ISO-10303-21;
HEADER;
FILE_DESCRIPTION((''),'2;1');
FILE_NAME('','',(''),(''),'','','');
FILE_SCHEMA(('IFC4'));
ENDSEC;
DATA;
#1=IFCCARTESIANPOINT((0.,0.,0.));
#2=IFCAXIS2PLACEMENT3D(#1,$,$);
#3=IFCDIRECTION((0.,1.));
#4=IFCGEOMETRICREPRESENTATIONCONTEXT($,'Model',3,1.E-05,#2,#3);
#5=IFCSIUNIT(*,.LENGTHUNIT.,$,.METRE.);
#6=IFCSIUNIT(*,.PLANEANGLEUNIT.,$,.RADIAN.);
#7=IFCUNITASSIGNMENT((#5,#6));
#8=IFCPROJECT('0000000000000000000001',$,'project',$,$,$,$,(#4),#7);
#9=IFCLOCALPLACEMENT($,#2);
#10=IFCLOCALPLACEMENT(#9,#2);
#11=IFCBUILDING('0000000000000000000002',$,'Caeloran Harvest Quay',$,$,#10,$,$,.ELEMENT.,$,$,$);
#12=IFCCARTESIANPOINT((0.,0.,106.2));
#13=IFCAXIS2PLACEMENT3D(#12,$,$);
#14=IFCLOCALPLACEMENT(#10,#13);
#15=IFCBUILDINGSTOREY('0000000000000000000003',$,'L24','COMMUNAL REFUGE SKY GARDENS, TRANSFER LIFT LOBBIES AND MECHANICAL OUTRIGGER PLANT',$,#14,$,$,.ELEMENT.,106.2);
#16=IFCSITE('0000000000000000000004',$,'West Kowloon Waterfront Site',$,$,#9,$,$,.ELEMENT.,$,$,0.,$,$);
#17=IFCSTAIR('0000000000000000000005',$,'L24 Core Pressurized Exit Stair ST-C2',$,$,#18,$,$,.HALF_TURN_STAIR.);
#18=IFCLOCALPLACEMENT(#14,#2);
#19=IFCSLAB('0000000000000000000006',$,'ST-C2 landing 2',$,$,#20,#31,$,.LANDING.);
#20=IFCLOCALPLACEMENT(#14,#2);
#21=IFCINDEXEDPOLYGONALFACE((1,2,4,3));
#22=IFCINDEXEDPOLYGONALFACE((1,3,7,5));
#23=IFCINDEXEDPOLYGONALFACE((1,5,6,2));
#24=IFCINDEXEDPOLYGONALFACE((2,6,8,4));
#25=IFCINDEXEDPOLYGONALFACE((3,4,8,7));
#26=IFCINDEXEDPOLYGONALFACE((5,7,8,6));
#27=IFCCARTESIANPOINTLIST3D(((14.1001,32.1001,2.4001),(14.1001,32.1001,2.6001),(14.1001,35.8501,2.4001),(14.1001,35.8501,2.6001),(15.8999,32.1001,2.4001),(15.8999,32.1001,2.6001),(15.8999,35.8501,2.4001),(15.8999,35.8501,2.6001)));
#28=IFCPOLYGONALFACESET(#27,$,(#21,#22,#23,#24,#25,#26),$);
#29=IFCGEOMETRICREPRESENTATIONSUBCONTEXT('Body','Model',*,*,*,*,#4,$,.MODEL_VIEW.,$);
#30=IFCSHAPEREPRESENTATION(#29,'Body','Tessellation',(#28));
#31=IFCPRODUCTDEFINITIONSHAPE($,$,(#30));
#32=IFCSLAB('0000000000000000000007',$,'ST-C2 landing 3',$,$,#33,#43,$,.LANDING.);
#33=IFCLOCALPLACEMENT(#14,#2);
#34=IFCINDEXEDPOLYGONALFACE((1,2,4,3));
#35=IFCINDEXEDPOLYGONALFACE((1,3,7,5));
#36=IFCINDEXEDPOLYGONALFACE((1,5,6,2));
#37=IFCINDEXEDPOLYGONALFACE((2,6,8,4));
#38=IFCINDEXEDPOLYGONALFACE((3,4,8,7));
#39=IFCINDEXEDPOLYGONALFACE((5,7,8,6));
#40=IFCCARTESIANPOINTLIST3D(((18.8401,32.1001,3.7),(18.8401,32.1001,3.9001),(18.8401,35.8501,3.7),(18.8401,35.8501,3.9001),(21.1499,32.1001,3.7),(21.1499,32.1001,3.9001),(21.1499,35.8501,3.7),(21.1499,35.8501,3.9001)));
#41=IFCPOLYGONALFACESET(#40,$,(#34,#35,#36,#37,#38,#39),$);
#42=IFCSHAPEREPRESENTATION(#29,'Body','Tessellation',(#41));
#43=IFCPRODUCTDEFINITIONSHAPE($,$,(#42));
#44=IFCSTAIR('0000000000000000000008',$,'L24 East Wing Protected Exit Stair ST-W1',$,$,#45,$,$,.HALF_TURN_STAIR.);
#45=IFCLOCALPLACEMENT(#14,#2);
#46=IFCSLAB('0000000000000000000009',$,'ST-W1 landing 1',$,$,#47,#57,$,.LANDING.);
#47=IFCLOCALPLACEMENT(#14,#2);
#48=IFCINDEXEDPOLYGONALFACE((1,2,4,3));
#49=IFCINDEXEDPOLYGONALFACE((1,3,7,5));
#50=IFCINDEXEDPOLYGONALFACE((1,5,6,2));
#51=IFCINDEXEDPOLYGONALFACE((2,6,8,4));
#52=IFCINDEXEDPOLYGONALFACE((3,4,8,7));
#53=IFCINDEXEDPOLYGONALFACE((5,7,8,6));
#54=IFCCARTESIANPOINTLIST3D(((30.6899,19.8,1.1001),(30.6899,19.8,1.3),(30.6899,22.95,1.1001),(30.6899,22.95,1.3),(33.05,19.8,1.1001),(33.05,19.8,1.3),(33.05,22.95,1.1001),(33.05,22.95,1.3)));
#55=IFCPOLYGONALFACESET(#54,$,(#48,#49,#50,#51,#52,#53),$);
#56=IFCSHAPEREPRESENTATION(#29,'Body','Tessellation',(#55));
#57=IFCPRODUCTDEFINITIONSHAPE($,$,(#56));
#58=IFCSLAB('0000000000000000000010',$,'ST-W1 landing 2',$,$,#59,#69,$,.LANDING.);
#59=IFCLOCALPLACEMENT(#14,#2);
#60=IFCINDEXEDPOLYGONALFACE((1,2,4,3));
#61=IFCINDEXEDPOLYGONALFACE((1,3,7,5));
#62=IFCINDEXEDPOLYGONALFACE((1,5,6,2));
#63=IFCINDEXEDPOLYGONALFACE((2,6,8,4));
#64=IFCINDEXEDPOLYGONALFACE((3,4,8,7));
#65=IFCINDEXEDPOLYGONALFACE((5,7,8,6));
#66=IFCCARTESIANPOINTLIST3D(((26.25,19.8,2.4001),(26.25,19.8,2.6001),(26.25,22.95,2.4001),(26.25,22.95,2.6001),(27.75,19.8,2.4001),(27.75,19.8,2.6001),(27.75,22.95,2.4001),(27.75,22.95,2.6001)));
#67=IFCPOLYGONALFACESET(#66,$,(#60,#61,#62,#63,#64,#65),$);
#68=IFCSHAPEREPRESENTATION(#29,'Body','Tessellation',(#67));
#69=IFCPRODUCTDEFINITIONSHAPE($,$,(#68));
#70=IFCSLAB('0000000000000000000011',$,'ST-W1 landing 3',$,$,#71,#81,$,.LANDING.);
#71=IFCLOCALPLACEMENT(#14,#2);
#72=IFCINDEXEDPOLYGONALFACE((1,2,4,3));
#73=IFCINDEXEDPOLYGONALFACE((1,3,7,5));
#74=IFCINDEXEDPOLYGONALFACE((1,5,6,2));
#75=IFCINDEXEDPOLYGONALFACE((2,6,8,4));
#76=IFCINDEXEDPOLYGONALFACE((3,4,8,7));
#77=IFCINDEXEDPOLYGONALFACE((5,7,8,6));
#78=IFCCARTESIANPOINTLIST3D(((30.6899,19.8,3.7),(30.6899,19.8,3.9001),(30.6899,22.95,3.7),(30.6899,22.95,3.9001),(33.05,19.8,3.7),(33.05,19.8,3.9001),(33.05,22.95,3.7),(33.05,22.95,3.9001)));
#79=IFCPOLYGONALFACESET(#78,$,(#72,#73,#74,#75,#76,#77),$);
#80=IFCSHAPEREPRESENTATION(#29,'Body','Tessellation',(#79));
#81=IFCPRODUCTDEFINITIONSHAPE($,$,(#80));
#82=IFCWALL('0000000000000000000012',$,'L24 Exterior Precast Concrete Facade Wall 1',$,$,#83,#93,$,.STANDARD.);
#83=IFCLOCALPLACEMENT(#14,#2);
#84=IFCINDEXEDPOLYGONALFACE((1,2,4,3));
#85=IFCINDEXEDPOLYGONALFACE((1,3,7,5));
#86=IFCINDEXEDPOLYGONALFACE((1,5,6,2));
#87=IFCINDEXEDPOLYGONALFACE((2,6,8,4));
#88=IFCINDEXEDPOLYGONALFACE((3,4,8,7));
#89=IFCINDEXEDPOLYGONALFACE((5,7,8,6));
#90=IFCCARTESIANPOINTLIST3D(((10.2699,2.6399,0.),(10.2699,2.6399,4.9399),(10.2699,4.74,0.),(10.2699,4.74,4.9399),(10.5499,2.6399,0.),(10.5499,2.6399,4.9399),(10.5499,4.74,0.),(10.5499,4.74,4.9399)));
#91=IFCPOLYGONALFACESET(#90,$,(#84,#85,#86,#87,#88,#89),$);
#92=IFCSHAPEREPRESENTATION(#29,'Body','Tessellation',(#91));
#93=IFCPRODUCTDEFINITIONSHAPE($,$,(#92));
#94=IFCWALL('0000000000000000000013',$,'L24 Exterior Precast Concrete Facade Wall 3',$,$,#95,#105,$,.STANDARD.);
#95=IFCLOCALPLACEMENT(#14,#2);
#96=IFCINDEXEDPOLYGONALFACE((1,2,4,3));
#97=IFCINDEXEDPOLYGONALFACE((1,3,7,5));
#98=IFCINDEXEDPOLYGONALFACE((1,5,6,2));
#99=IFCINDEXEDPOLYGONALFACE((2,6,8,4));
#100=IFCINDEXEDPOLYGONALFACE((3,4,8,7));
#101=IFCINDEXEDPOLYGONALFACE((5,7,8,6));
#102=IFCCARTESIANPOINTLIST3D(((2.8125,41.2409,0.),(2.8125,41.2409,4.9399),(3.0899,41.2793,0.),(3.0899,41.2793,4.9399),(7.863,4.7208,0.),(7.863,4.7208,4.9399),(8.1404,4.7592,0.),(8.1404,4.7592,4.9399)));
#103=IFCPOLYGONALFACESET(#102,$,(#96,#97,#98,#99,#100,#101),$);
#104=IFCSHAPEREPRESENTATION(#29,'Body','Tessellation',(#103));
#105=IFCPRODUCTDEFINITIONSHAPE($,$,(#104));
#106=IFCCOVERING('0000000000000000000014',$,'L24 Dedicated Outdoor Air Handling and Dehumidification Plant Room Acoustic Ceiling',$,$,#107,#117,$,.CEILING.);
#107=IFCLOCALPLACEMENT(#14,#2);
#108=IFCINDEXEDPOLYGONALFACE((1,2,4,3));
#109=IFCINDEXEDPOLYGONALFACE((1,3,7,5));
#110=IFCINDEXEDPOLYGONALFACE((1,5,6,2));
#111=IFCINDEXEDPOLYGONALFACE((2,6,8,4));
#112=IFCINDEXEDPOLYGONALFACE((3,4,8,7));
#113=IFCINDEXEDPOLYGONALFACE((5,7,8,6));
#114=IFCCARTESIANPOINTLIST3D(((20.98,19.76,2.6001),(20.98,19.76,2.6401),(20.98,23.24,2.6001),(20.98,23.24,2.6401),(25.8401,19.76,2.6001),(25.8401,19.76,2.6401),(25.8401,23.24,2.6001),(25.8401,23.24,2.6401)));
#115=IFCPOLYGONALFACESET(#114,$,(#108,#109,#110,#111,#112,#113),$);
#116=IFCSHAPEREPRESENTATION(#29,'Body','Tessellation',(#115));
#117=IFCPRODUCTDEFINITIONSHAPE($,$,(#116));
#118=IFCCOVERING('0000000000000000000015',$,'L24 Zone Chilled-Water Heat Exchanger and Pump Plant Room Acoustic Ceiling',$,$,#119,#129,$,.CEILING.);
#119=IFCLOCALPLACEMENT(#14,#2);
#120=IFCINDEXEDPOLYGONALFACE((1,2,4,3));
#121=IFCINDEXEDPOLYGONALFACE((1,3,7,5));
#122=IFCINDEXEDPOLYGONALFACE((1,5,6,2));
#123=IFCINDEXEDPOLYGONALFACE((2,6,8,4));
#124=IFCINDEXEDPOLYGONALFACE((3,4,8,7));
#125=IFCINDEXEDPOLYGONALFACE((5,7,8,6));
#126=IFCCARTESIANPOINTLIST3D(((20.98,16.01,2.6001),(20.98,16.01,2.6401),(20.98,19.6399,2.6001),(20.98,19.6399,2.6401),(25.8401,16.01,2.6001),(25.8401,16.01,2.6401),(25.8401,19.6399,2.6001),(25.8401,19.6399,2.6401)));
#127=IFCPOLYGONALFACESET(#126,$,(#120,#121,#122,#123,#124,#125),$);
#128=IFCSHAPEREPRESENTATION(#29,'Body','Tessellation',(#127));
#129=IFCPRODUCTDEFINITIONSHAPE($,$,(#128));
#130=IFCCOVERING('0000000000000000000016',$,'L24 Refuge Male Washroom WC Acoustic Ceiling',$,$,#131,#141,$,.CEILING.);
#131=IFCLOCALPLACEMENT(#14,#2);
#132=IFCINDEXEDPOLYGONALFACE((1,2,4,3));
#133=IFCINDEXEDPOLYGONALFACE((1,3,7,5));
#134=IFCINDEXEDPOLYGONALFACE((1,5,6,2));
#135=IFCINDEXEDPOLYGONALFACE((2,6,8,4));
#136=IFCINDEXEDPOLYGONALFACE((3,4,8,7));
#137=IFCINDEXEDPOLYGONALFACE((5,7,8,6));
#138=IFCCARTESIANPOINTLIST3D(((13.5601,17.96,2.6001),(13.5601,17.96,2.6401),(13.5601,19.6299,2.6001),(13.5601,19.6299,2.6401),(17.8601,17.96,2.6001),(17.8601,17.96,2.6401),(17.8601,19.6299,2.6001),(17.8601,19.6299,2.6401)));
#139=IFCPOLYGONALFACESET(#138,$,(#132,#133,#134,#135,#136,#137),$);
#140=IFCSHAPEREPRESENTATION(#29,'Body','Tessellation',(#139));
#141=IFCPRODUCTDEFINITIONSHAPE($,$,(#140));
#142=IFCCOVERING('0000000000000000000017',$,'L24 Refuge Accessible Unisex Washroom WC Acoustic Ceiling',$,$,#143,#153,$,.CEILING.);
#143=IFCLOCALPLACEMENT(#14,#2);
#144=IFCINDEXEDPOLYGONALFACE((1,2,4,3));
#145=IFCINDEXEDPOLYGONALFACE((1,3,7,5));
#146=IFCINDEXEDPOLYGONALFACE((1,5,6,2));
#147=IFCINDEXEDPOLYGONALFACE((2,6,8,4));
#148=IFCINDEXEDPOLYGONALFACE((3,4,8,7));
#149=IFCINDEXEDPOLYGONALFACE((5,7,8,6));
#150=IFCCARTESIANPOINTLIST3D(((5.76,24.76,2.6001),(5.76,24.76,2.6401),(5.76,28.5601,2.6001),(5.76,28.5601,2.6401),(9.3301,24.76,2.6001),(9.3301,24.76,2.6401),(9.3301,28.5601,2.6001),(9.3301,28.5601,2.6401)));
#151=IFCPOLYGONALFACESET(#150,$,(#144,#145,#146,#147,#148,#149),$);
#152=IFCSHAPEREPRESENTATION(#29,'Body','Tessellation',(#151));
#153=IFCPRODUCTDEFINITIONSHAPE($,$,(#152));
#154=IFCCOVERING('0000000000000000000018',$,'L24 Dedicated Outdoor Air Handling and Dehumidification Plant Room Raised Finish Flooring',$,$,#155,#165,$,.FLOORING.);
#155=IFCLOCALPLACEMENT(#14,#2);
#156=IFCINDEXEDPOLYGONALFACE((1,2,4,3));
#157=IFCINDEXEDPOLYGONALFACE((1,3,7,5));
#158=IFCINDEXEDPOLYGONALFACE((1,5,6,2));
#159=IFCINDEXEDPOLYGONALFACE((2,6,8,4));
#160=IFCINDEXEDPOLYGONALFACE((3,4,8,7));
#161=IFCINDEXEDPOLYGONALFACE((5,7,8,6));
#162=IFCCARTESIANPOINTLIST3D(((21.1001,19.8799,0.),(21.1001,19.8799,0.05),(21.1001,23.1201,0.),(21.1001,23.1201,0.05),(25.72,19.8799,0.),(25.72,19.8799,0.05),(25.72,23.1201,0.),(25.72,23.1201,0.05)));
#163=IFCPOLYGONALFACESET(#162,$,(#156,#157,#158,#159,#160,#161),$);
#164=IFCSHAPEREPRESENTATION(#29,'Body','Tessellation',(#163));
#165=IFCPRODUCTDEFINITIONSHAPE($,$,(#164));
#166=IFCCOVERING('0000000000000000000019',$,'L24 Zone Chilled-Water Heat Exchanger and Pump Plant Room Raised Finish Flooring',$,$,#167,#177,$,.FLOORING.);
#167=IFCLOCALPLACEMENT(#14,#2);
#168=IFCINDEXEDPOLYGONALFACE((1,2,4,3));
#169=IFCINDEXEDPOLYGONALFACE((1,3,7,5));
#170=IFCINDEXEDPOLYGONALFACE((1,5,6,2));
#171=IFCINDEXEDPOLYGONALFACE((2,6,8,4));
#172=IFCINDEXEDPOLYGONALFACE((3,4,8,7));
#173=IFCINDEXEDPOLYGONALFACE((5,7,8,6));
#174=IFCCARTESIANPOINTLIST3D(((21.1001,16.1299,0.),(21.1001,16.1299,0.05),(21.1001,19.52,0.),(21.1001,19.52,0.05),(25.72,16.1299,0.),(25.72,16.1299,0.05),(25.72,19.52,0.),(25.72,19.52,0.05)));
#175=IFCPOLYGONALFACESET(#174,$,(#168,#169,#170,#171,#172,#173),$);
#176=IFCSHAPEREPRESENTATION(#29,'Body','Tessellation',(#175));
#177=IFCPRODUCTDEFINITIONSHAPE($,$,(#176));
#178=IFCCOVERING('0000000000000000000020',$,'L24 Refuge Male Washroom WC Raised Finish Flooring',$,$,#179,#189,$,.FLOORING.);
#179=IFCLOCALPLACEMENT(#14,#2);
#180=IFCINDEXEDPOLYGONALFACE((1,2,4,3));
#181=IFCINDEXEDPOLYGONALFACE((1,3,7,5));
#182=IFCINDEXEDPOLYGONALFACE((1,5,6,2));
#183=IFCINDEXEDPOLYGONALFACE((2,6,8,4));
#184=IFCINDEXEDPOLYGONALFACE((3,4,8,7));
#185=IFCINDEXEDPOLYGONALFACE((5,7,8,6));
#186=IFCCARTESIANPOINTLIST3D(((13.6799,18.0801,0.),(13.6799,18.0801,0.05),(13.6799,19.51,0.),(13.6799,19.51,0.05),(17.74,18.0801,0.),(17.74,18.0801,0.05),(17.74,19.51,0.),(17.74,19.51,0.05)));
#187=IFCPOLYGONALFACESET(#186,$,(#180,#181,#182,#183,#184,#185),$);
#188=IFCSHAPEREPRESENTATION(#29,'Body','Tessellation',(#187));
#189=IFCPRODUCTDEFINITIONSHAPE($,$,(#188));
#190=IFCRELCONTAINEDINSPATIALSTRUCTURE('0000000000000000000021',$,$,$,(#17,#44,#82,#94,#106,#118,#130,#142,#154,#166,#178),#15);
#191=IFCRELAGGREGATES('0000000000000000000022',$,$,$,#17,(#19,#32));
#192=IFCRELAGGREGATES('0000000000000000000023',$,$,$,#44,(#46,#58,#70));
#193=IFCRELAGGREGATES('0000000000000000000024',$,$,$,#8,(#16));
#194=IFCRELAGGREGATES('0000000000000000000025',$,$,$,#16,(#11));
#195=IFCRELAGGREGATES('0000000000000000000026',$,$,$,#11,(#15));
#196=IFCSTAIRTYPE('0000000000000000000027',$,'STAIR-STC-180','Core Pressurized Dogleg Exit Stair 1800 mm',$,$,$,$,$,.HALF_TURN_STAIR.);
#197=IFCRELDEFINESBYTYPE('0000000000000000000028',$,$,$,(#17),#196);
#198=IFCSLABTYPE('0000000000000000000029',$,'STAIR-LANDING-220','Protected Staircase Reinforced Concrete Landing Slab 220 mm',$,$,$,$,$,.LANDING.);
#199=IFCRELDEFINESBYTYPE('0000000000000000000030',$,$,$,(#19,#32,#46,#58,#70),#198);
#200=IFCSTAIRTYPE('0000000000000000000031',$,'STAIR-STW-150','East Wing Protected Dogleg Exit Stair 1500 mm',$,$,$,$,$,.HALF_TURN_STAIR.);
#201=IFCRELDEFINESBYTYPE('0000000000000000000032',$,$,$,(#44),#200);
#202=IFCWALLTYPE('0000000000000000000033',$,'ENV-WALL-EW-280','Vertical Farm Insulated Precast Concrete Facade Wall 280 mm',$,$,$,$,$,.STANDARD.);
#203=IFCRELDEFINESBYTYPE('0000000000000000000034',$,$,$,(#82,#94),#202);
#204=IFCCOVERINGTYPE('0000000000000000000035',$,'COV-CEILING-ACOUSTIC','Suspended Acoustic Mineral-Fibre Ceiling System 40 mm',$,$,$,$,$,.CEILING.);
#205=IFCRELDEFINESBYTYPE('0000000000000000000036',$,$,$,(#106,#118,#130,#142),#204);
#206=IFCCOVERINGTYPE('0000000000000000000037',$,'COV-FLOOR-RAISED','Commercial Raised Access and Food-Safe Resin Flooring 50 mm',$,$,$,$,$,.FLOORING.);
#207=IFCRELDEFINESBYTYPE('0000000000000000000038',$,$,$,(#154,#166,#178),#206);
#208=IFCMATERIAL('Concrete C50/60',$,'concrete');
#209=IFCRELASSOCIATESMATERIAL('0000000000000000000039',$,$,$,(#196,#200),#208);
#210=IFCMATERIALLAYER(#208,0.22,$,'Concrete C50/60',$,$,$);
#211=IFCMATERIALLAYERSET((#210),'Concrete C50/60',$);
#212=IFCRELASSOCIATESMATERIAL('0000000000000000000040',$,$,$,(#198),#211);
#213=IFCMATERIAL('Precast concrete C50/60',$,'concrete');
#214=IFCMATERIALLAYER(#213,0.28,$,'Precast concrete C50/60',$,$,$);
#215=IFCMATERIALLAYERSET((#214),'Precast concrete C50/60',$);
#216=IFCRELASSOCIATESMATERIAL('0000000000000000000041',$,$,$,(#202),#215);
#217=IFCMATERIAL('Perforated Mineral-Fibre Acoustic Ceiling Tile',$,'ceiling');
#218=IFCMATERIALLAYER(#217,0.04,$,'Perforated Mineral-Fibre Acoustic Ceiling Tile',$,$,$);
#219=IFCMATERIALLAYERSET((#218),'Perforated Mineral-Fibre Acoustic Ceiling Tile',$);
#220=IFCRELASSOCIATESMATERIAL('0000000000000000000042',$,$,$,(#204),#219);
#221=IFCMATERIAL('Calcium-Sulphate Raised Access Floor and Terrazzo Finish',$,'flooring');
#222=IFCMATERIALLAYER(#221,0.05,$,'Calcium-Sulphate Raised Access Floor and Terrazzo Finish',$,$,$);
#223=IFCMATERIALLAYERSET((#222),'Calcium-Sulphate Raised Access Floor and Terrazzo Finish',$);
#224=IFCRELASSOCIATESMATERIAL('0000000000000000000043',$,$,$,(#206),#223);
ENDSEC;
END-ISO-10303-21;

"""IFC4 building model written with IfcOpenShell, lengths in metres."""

from ifc_helpers import new_model, si_unit, direction, frame, frame_2d, origin, place, context, subcontext, project, spatial, polyline, rectangle, outline, extrude, material, layer, layer_set, type_object, element, aggregate, save


model = new_model("IFC4")

# Units and contexts
model_context = context("Model", 3, precision=1e-05, world=origin(), true_north=direction((0.0, 1.0)))
body_context = subcontext(model_context, "Body", "Model", "MODEL_VIEW")
ifc_project = project(units=[si_unit("LENGTHUNIT", "METRE"), si_unit("PLANEANGLEUNIT", "RADIAN")], contexts=[model_context])

# Site, building, storey
site_placement = place(None, origin())
site = spatial("IfcSite", under=ifc_project, at=site_placement, Name="West Kowloon Waterfront Site", CompositionType="ELEMENT", RefElevation=0.0)
building_placement = place(site_placement, origin())
building = spatial("IfcBuilding", under=site, at=building_placement, Name="Caeloran Harvest Quay", CompositionType="ELEMENT")
storey_placement = place(building_placement, frame((0.0, 0.0, 106.2)))
storey = spatial("IfcBuildingStorey", under=building, at=storey_placement, Name="L24", Description="COMMUNAL REFUGE SKY GARDENS, TRANSFER LIFT LOBBIES AND MECHANICAL OUTRIGGER PLANT", CompositionType="ELEMENT", Elevation=106.2)

# Shared definitions
ifc_material_1 = material(Name="Concrete C50/60", Category="concrete")

# Stairs, slabs
stair_type_1 = type_object("IfcStairType", Name="STAIR-STC-180", Description="Core Pressurized Dogleg Exit Stair 1800 mm", PredefinedType="HALF_TURN_STAIR", material=ifc_material_1)
ifc_layer_1 = layer(ifc_material_1, 0.22, Name="Concrete C50/60")
ifc_layer_set_1 = layer_set([ifc_layer_1], Name="Concrete C50/60")
slab_type_1 = type_object("IfcSlabType", Name="STAIR-LANDING-220", Description="Protected Staircase Reinforced Concrete Landing Slab 220 mm", PredefinedType="LANDING", material=ifc_layer_set_1)
stair_1_placement = place(storey_placement, origin())
stair_1 = element("IfcStair", 1, at=stair_1_placement, inside=storey, type_object=stair_type_1, Name="L24 Core Pressurized Exit Stair ST-C2", PredefinedType="HALF_TURN_STAIR")
slab_1_placement = place(storey_placement, frame((0.0, 0.0, 2.4001)))
slab_1 = element("IfcSlab", 2, at=slab_1_placement, type_object=slab_type_1, Name="ST-C2 landing 2", PredefinedType="LANDING", context=body_context, shape_type="SweptSolid", body=[
    extrude(outline(polyline([(14.1001, 32.1001), (15.8999, 32.1001), (15.8999, 35.8501), (14.1001, 35.8501), (14.1001, 32.1001)])), origin(), (0.0, 0.0, 1.0), 0.2),
])
slab_2_placement = place(storey_placement, frame((0.0, 0.0, 3.7)))
slab_2 = element("IfcSlab", 3, at=slab_2_placement, type_object=slab_type_1, Name="ST-C2 landing 3", PredefinedType="LANDING", context=body_context, shape_type="SweptSolid", body=[
    extrude(outline(polyline([(18.8401, 32.1001), (21.1499, 32.1001), (21.1499, 35.8501), (18.8401, 35.8501), (18.8401, 32.1001)])), origin(), (0.0, 0.0, 1.0), 0.2002),
])
aggregate(stair_1, [slab_1, slab_2])
stair_type_2 = type_object("IfcStairType", Name="STAIR-STW-150", Description="East Wing Protected Dogleg Exit Stair 1500 mm", PredefinedType="HALF_TURN_STAIR", material=ifc_material_1)
stair_2_placement = place(storey_placement, origin())
stair_2 = element("IfcStair", 4, at=stair_2_placement, inside=storey, type_object=stair_type_2, Name="L24 East Wing Protected Exit Stair ST-W1", PredefinedType="HALF_TURN_STAIR")
slab_3_placement = place(storey_placement, frame((0.0, 0.0, 1.1001)))
slab_3 = element("IfcSlab", 5, at=slab_3_placement, type_object=slab_type_1, Name="ST-W1 landing 1", PredefinedType="LANDING", context=body_context, shape_type="SweptSolid", body=[
    extrude(outline(polyline([(30.6899, 19.8), (33.05, 19.8), (33.05, 22.95), (30.6899, 22.95), (30.6899, 19.8)])), origin(), (0.0, 0.0, 1.0), 0.2),
])
slab_4_placement = place(storey_placement, frame((0.0, 0.0, 2.4001)))
slab_4 = element("IfcSlab", 6, at=slab_4_placement, type_object=slab_type_1, Name="ST-W1 landing 2", PredefinedType="LANDING", context=body_context, shape_type="SweptSolid", body=[
    extrude(outline(polyline([(26.25, 19.8), (27.75, 19.8), (27.75, 22.95), (26.25, 22.95), (26.25, 19.8)])), origin(), (0.0, 0.0, 1.0), 0.2),
])
slab_5_placement = place(storey_placement, frame((0.0, 0.0, 3.7)))
slab_5 = element("IfcSlab", 7, at=slab_5_placement, type_object=slab_type_1, Name="ST-W1 landing 3", PredefinedType="LANDING", context=body_context, shape_type="SweptSolid", body=[
    extrude(outline(polyline([(30.6899, 19.8), (33.05, 19.8), (33.05, 22.95), (30.6899, 22.95), (30.6899, 19.8)])), origin(), (0.0, 0.0, 1.0), 0.2002),
])
aggregate(stair_2, [slab_3, slab_4, slab_5])

# Walls
ifc_material_2 = material(Name="Precast concrete C50/60", Category="concrete")
ifc_layer_2 = layer(ifc_material_2, 0.28, Name="Precast concrete C50/60")
ifc_layer_set_2 = layer_set([ifc_layer_2], Name="Precast concrete C50/60")
wall_type = type_object("IfcWallType", Name="ENV-WALL-EW-280", Description="Vertical Farm Insulated Precast Concrete Facade Wall 280 mm", PredefinedType="STANDARD", material=ifc_layer_set_2)
wall_1_placement = place(storey_placement, frame((10.4099, 2.6399, 0.0), z_axis=(0.0, 0.0, 1.0), x_axis=(0.0, 1.0, 0.0)))
element("IfcWall", 8, at=wall_1_placement, inside=storey, type_object=wall_type, Name="L24 Exterior Precast Concrete Facade Wall 1", PredefinedType="STANDARD", context=body_context, shape_type="SweptSolid", body=[
    extrude(rectangle(XDim=2.1001, YDim=0.28, at=frame_2d((1.05, 0.0))), origin(), (0.0, 0.0, 1.0), 4.9399),
])
wall_2_placement = place(storey_placement, frame((8.0017, 4.74, 0.0), z_axis=(0.0, 0.0, 1.0), x_axis=(-0.136991, 0.990572, 0.0)))
element("IfcWall", 9, at=wall_2_placement, inside=storey, type_object=wall_type, Name="L24 Exterior Precast Concrete Facade Wall 3", PredefinedType="STANDARD", context=body_context, shape_type="SweptSolid", body=[
    extrude(rectangle(XDim=36.8677, YDim=0.28, at=frame_2d((18.4338, 0.0))), origin(), (0.0, 0.0, 1.0), 4.9399),
])

# Coverings
ifc_material_3 = material(Name="Perforated Mineral-Fibre Acoustic Ceiling Tile", Category="ceiling")
ifc_layer_3 = layer(ifc_material_3, 0.04, Name="Perforated Mineral-Fibre Acoustic Ceiling Tile")
ifc_layer_set_3 = layer_set([ifc_layer_3], Name="Perforated Mineral-Fibre Acoustic Ceiling Tile")
covering_type_1 = type_object("IfcCoveringType", Name="COV-CEILING-ACOUSTIC", Description="Suspended Acoustic Mineral-Fibre Ceiling System 40 mm", PredefinedType="CEILING", material=ifc_layer_set_3)
covering_1_placement = place(storey_placement, frame((0.0, 0.0, 2.6001)))
element("IfcCovering", 10, at=covering_1_placement, inside=storey, type_object=covering_type_1, Name="L24 Dedicated Outdoor Air Handling and Dehumidification Plant Room Acoustic Ceiling", PredefinedType="CEILING", context=body_context, shape_type="SweptSolid", body=[
    extrude(outline(polyline([(25.8401, 23.24), (25.8401, 19.76), (20.98, 19.76), (20.98, 23.24), (25.8401, 23.24)])), origin(), (0.0, 0.0, 1.0), 0.04),
])
covering_2_placement = place(storey_placement, frame((0.0, 0.0, 2.6001)))
element("IfcCovering", 11, at=covering_2_placement, inside=storey, type_object=covering_type_1, Name="L24 Zone Chilled-Water Heat Exchanger and Pump Plant Room Acoustic Ceiling", PredefinedType="CEILING", context=body_context, shape_type="SweptSolid", body=[
    extrude(outline(polyline([(25.8401, 19.6399), (25.8401, 16.01), (20.98, 16.01), (20.98, 19.6399), (25.8401, 19.6399)])), origin(), (0.0, 0.0, 1.0), 0.04),
])
covering_3_placement = place(storey_placement, frame((0.0, 0.0, 2.6001)))
element("IfcCovering", 12, at=covering_3_placement, inside=storey, type_object=covering_type_1, Name="L24 Refuge Male Washroom WC Acoustic Ceiling", PredefinedType="CEILING", context=body_context, shape_type="SweptSolid", body=[
    extrude(outline(polyline([(17.8601, 19.6299), (17.8601, 17.96), (13.5601, 17.96), (13.5601, 19.6299), (17.8601, 19.6299)])), origin(), (0.0, 0.0, 1.0), 0.04),
])
covering_4_placement = place(storey_placement, frame((0.0, 0.0, 2.6001)))
element("IfcCovering", 13, at=covering_4_placement, inside=storey, type_object=covering_type_1, Name="L24 Refuge Accessible Unisex Washroom WC Acoustic Ceiling", PredefinedType="CEILING", context=body_context, shape_type="SweptSolid", body=[
    extrude(outline(polyline([(9.3301, 28.5601), (9.3301, 24.76), (5.76, 24.76), (5.76, 28.5601), (9.3301, 28.5601)])), origin(), (0.0, 0.0, 1.0), 0.04),
])
ifc_material_4 = material(Name="Calcium-Sulphate Raised Access Floor and Terrazzo Finish", Category="flooring")
ifc_layer_4 = layer(ifc_material_4, 0.05, Name="Calcium-Sulphate Raised Access Floor and Terrazzo Finish")
ifc_layer_set_4 = layer_set([ifc_layer_4], Name="Calcium-Sulphate Raised Access Floor and Terrazzo Finish")
covering_type_2 = type_object("IfcCoveringType", Name="COV-FLOOR-RAISED", Description="Commercial Raised Access and Food-Safe Resin Flooring 50 mm", PredefinedType="FLOORING", material=ifc_layer_set_4)
covering_5_placement = place(storey_placement, origin())
element("IfcCovering", 14, at=covering_5_placement, inside=storey, type_object=covering_type_2, Name="L24 Dedicated Outdoor Air Handling and Dehumidification Plant Room Raised Finish Flooring", PredefinedType="FLOORING", context=body_context, shape_type="SweptSolid", body=[
    extrude(outline(polyline([(25.72, 23.1201), (25.72, 19.8799), (21.1001, 19.8799), (21.1001, 23.1201), (25.72, 23.1201)])), origin(), (0.0, 0.0, 1.0), 0.05),
])
covering_6_placement = place(storey_placement, origin())
element("IfcCovering", 15, at=covering_6_placement, inside=storey, type_object=covering_type_2, Name="L24 Zone Chilled-Water Heat Exchanger and Pump Plant Room Raised Finish Flooring", PredefinedType="FLOORING", context=body_context, shape_type="SweptSolid", body=[
    extrude(outline(polyline([(25.72, 19.52), (25.72, 16.1299), (21.1001, 16.1299), (21.1001, 19.52), (25.72, 19.52)])), origin(), (0.0, 0.0, 1.0), 0.05),
])
covering_7_placement = place(storey_placement, origin())
element("IfcCovering", 16, at=covering_7_placement, inside=storey, type_object=covering_type_2, Name="L24 Refuge Male Washroom WC Raised Finish Flooring", PredefinedType="FLOORING", context=body_context, shape_type="SweptSolid", body=[
    extrude(outline(polyline([(17.74, 19.51), (17.74, 18.0801), (13.6799, 18.0801), (13.6799, 19.51), (17.74, 19.51)])), origin(), (0.0, 0.0, 1.0), 0.05),
])

save(model, "model.ifc")
